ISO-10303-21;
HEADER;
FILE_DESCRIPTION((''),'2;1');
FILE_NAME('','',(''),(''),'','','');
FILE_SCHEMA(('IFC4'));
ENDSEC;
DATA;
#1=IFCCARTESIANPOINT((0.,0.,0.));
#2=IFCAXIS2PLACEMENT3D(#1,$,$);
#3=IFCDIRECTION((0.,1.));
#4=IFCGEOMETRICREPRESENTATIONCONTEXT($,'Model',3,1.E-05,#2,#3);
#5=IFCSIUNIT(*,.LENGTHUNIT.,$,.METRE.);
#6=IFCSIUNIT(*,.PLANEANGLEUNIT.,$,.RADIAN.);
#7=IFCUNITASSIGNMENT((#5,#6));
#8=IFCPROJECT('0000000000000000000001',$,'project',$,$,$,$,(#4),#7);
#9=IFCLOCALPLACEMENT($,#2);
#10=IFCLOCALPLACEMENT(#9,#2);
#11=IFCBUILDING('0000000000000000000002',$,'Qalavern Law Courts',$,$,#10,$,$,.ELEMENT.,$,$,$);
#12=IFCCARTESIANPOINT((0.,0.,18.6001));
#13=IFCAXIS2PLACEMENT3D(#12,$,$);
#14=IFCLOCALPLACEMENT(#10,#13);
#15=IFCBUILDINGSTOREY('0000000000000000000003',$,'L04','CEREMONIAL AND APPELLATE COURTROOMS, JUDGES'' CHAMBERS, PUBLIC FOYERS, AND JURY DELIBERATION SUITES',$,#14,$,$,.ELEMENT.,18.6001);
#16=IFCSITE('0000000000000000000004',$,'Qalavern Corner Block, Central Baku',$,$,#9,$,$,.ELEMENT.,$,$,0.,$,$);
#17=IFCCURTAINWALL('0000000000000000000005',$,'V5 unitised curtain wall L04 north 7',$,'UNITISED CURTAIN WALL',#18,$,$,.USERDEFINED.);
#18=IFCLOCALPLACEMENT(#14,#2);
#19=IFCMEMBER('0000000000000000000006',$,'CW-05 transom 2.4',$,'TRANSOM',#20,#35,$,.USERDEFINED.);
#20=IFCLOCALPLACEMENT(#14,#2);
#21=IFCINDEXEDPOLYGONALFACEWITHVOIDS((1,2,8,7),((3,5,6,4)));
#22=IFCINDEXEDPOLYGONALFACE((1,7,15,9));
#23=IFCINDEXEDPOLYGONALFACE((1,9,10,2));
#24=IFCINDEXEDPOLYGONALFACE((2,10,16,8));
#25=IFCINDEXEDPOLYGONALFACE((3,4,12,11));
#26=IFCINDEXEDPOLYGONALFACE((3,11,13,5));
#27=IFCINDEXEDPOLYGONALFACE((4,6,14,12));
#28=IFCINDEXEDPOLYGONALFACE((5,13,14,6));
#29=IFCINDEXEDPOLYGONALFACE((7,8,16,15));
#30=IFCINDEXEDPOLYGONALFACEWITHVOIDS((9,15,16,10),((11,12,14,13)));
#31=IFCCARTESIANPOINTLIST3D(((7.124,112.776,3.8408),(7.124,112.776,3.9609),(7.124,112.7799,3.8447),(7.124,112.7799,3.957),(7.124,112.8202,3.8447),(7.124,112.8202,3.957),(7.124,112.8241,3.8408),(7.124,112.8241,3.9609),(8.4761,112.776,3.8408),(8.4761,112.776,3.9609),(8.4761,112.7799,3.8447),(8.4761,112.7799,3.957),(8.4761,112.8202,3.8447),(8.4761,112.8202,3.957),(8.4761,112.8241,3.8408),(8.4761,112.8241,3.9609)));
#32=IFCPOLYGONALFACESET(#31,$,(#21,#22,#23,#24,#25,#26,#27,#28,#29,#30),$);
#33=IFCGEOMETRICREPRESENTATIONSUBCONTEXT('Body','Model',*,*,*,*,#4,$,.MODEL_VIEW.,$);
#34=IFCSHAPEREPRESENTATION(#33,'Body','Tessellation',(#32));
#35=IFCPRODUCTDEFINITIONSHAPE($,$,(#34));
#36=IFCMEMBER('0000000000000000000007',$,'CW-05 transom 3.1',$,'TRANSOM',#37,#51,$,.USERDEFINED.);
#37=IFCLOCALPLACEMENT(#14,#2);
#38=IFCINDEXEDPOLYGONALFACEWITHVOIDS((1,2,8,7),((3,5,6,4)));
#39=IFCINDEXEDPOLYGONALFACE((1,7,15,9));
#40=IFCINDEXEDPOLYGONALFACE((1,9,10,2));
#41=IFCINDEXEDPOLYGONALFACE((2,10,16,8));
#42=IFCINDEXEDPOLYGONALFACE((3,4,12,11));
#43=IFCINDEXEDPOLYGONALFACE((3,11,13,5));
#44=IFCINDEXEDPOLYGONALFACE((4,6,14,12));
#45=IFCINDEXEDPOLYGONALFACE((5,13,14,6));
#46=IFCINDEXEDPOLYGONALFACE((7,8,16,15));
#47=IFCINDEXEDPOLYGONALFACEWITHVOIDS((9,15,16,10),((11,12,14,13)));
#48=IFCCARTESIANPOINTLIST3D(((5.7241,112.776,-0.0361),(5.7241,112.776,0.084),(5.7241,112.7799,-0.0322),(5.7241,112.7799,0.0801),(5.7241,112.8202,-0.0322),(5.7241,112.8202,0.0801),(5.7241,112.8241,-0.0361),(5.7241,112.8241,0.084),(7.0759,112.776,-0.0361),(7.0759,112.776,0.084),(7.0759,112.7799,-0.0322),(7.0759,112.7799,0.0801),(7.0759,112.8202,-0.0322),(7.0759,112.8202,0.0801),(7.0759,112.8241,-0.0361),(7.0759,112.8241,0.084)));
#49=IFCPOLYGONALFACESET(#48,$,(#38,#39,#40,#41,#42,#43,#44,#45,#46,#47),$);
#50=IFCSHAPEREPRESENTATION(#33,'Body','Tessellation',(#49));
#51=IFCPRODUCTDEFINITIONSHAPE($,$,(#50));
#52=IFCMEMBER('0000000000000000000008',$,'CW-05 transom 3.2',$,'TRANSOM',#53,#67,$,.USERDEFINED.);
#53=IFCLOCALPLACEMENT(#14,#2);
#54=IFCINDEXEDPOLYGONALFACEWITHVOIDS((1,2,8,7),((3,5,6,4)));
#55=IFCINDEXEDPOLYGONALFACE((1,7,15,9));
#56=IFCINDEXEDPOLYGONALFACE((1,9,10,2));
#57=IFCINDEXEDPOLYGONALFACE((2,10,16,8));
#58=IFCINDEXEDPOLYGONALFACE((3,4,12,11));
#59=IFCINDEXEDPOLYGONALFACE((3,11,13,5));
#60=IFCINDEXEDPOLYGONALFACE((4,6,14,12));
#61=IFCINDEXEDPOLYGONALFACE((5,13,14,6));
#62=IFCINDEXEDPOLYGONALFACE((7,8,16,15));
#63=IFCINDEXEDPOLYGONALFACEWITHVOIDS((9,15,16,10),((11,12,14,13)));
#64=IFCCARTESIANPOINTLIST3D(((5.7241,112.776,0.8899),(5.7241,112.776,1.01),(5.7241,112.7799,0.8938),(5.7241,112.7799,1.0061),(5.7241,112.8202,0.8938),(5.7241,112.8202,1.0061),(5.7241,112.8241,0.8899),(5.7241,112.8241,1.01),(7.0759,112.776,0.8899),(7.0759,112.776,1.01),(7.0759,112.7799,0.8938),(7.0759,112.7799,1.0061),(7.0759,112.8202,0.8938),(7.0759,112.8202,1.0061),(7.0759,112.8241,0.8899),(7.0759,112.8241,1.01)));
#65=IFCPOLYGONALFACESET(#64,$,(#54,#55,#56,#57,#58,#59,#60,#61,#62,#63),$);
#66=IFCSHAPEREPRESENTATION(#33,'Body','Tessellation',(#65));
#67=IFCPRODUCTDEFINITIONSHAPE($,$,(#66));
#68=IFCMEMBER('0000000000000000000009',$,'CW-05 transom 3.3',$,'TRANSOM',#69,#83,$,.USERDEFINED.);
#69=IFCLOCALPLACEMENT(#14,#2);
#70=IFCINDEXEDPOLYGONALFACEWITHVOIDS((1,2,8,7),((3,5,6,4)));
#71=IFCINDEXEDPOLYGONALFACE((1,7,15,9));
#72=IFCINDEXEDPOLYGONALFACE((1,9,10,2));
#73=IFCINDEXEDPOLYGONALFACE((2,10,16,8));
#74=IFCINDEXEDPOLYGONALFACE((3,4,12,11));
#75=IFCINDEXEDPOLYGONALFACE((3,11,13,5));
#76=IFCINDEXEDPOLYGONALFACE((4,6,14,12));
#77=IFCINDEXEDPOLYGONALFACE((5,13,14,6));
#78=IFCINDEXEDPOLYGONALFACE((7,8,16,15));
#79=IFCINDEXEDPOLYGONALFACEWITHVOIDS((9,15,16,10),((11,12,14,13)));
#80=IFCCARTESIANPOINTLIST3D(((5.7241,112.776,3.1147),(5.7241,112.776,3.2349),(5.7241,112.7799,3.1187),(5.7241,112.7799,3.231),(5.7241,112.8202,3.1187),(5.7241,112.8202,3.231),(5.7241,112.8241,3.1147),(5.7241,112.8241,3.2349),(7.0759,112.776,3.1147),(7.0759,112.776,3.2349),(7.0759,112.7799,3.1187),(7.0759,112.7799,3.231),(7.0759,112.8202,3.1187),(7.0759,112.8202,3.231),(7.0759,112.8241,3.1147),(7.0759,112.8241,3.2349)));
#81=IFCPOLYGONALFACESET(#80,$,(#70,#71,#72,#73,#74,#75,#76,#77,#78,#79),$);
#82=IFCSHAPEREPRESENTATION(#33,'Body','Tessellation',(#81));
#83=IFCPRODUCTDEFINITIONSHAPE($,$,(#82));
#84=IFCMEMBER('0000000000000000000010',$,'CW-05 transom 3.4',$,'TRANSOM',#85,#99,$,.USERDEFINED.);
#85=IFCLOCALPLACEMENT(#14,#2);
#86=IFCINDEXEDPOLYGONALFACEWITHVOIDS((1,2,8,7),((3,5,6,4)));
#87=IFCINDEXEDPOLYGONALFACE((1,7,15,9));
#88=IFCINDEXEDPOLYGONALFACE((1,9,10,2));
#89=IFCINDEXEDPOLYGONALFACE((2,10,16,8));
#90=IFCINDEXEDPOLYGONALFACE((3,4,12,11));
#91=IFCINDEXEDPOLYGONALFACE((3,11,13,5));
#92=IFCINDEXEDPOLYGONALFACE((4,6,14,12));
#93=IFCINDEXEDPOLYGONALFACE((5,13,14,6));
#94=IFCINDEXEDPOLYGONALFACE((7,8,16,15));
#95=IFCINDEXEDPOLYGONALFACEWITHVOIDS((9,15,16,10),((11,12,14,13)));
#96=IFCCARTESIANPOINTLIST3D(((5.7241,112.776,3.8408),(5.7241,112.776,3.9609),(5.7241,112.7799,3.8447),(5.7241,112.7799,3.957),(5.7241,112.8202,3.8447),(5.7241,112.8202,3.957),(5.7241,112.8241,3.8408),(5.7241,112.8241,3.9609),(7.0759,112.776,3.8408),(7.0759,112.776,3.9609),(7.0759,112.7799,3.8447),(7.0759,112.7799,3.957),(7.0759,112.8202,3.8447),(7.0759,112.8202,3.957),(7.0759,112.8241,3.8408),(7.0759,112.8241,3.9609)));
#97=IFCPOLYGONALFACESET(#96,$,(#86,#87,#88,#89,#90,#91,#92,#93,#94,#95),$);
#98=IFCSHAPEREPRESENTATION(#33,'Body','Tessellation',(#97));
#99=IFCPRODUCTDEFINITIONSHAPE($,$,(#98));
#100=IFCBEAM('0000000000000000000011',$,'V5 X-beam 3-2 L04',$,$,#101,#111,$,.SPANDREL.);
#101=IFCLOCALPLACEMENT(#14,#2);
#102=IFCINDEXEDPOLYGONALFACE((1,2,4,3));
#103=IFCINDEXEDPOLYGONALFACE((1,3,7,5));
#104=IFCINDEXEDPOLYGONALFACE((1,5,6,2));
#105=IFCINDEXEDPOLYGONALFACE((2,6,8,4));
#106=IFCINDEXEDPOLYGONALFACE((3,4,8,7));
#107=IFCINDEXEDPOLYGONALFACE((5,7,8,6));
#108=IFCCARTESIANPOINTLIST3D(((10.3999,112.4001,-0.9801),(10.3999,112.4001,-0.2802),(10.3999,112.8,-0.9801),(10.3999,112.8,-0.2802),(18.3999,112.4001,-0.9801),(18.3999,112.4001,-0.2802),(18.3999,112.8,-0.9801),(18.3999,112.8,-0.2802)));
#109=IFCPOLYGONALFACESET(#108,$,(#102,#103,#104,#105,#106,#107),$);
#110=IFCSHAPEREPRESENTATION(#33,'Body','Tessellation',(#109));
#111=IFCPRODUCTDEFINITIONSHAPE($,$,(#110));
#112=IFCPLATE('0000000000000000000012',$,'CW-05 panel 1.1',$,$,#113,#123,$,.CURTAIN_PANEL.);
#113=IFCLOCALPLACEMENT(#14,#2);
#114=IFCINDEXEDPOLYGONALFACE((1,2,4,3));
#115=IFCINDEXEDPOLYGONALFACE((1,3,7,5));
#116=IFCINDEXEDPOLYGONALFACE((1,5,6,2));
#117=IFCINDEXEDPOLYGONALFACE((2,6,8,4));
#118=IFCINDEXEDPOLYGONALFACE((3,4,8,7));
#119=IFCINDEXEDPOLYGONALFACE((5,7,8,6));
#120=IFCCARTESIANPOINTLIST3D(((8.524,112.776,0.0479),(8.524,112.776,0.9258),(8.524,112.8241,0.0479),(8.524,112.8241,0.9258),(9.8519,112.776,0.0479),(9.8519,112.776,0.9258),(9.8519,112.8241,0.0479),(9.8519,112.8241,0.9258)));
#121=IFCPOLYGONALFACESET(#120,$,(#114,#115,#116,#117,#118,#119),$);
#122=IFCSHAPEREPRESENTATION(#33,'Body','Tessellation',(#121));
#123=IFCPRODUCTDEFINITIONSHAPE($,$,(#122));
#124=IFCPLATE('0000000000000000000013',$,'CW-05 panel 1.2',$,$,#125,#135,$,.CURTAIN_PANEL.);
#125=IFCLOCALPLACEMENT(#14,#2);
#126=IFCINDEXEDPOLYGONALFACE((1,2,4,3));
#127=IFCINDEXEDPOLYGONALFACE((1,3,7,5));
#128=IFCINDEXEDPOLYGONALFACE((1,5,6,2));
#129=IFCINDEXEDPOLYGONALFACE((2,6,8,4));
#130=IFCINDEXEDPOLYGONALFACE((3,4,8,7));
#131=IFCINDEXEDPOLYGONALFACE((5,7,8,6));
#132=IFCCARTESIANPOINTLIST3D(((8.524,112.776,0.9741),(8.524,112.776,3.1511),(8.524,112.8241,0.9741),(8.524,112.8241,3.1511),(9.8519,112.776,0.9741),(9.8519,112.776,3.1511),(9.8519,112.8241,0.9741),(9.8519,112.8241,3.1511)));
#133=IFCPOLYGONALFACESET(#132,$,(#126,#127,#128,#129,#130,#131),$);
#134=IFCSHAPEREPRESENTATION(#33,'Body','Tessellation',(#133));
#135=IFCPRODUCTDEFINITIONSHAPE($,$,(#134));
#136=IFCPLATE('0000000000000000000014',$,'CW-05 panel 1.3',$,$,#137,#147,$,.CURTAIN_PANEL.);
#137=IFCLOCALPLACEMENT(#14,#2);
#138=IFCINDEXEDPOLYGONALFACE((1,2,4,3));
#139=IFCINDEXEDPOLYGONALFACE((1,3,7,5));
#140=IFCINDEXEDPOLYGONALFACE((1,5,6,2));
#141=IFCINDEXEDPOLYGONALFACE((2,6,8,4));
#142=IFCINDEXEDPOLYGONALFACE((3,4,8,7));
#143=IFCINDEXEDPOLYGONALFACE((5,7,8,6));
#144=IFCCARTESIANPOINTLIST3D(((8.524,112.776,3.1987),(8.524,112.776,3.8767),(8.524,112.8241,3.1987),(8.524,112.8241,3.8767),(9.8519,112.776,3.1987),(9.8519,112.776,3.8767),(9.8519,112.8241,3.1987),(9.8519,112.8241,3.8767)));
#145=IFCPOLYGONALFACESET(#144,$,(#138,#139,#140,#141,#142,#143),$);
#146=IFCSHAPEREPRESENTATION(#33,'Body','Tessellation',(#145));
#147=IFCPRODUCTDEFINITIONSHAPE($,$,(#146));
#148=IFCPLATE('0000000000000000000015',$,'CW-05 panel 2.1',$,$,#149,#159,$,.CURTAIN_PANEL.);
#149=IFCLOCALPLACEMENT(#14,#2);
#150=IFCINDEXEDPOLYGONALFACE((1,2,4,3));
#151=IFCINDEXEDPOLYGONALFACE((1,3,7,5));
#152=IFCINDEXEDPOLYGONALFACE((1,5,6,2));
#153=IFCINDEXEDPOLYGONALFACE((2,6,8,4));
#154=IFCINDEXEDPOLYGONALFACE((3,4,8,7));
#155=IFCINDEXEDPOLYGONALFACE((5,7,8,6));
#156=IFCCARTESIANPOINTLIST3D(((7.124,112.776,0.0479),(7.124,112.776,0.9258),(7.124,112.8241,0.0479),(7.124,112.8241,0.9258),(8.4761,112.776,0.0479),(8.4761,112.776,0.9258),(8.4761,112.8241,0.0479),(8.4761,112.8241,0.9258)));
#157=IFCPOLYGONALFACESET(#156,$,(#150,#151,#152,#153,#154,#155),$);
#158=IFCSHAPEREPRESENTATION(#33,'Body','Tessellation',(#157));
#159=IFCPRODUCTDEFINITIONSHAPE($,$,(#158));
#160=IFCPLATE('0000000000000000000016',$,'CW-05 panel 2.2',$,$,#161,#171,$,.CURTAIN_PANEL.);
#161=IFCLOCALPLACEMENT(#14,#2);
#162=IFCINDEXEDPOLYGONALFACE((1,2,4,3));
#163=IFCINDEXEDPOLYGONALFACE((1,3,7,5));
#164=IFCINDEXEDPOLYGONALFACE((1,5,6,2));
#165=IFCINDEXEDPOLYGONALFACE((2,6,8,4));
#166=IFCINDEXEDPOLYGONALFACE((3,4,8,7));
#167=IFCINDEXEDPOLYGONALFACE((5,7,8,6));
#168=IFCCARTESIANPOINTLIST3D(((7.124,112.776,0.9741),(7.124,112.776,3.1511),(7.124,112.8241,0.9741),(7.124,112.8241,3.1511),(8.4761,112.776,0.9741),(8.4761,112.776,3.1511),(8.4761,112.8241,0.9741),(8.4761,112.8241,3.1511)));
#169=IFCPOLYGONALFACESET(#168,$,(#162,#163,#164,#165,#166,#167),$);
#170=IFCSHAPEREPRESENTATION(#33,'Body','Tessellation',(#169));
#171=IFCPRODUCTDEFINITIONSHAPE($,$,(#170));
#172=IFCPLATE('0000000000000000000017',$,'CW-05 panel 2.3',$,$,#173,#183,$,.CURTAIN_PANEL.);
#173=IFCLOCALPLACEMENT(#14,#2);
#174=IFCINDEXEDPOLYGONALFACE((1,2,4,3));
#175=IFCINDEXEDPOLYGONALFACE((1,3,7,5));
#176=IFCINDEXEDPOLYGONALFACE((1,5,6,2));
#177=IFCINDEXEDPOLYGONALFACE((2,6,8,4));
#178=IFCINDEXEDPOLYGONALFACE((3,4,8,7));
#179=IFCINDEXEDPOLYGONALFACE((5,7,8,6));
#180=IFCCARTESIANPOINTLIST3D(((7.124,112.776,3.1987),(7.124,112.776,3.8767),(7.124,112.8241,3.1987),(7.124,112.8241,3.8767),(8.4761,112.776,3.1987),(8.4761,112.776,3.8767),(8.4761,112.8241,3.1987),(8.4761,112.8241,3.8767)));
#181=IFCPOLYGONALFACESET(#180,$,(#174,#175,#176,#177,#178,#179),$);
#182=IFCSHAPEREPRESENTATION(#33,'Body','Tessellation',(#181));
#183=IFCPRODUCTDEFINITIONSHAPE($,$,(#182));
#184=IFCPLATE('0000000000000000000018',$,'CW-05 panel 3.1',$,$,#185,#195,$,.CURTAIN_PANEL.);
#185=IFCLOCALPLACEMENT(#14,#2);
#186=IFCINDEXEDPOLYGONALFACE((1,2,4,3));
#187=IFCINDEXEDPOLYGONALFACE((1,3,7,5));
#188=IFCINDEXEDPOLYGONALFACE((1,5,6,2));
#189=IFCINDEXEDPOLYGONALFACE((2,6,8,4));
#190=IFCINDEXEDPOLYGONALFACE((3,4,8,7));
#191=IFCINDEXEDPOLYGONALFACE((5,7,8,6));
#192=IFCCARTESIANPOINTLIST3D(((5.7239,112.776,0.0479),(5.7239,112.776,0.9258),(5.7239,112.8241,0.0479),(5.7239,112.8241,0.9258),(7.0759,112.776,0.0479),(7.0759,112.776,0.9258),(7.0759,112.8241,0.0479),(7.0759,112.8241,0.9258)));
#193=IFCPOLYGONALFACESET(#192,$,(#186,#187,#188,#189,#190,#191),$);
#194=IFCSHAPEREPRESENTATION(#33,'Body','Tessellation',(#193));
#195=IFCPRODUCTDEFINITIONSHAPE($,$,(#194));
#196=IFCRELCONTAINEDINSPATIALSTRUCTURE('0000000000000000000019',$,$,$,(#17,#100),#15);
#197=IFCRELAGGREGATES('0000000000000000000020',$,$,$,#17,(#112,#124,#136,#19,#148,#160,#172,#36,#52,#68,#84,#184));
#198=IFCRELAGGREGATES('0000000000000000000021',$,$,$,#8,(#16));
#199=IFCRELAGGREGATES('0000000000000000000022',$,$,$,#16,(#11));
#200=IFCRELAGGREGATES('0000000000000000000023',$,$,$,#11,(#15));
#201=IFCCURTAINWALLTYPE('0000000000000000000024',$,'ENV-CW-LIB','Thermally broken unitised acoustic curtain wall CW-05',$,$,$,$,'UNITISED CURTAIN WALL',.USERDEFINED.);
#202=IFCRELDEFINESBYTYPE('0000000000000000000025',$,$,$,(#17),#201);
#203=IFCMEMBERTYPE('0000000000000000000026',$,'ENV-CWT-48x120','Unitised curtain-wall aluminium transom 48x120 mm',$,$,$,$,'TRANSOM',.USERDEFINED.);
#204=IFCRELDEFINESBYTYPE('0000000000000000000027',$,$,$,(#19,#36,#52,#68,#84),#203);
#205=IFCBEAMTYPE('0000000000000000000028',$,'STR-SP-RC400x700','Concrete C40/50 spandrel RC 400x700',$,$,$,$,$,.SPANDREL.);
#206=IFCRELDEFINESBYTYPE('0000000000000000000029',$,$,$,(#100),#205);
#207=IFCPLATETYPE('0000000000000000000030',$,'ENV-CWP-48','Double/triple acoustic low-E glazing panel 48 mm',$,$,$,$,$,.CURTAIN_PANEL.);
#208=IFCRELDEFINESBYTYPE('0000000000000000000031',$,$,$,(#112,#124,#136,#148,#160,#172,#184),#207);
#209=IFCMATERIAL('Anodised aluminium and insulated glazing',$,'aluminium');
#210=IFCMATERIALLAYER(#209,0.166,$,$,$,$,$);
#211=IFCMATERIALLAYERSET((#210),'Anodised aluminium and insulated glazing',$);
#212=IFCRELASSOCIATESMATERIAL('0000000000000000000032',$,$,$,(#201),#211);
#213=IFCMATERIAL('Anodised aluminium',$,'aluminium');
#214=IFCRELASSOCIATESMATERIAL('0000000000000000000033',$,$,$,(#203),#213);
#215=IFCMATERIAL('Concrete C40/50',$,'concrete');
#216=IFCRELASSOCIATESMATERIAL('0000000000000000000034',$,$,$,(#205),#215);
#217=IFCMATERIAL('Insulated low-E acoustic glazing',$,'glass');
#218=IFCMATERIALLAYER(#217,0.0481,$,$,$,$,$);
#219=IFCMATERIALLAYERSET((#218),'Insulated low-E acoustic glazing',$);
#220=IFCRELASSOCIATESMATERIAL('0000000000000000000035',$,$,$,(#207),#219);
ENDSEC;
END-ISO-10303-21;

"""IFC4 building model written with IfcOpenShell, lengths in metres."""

from ifc_helpers import new_model, si_unit, direction, frame, origin, origin_2d, place, context, subcontext, project, spatial, rectangle, hollow_rectangle, extrude, material, layer, layer_set, material_profile, profile_set, type_object, element, aggregate, save


model = new_model("IFC4")

# Units and contexts
model_context = context("Model", 3, precision=1e-05, world=origin(), true_north=direction((0.0, 1.0)))
body_context = subcontext(model_context, "Body", "Model", "MODEL_VIEW")
ifc_project = project(units=[si_unit("LENGTHUNIT", "METRE"), si_unit("PLANEANGLEUNIT", "RADIAN")], contexts=[model_context])

# Site, building, storey
site_placement = place(None, origin())
site = spatial("IfcSite", under=ifc_project, at=site_placement, Name="Qalavern Corner Block, Central Baku", CompositionType="ELEMENT", RefElevation=0.0)
building_placement = place(site_placement, origin())
building = spatial("IfcBuilding", under=site, at=building_placement, Name="Qalavern Law Courts", CompositionType="ELEMENT")
storey_placement = place(building_placement, frame((0.0, 0.0, 18.6001)))
storey = spatial("IfcBuildingStorey", under=building, at=storey_placement, Name="L04", Description="CEREMONIAL AND APPELLATE COURTROOMS, JUDGES' CHAMBERS, PUBLIC FOYERS, AND JURY DELIBERATION SUITES", CompositionType="ELEMENT", Elevation=18.6001)

# Curtain wall, members
ifc_material_1 = material(Name="Anodised aluminium and insulated glazing", Category="aluminium")
ifc_layer_1 = layer(ifc_material_1, 0.166)
ifc_layer_set_1 = layer_set([ifc_layer_1], Name="Anodised aluminium and insulated glazing")
curtain_wall_type = type_object("IfcCurtainWallType", Name="ENV-CW-LIB", Description="Thermally broken unitised acoustic curtain wall CW-05", ElementType="UNITISED CURTAIN WALL", PredefinedType="USERDEFINED", material=ifc_layer_set_1)
curtain_wall_placement = place(storey_placement, origin())
curtain_wall = element("IfcCurtainWall", 1, at=curtain_wall_placement, inside=storey, type_object=curtain_wall_type, Name="V5 unitised curtain wall L04 north 7", ObjectType="UNITISED CURTAIN WALL", PredefinedType="USERDEFINED")
ifc_material_2 = material(Name="Anodised aluminium", Category="aluminium")
ifc_material_profile_1 = material_profile(ifc_material_2, hollow_rectangle(XDim=0.0481, YDim=0.1201, WallThickness=0.0039, at=origin_2d()), Name="ALU TRANSOM 48x120")
ifc_profile_set_1 = profile_set([ifc_material_profile_1], Name="Anodised aluminium")
member_type_1 = type_object("IfcMemberType", Name="ENV-CWT-48x120", Description="Unitised curtain-wall aluminium transom 48x120 mm", ElementType="TRANSOM", PredefinedType="USERDEFINED", material=ifc_profile_set_1)
member_1_placement = place(storey_placement, frame((8.4761, 112.8, 3.9009), z_axis=(-1.0, 0.0, 0.0), x_axis=(0.0, -1.0, 0.0)))
member_1 = element("IfcMember", 2, at=member_1_placement, type_object=member_type_1, Name="CW-05 transom 2.4", ObjectType="TRANSOM", PredefinedType="USERDEFINED", context=body_context, shape_type="SweptSolid", body=[
    extrude(hollow_rectangle(XDim=0.0481, YDim=0.1201, WallThickness=0.0039, at=origin_2d()), origin(), (0.0, 0.0, 1.0), 1.3521),
])
member_2_placement = place(storey_placement, frame((7.0759, 112.8, 0.0239), z_axis=(-1.0, 0.0, 0.0), x_axis=(0.0, -1.0, 0.0)))
member_2 = element("IfcMember", 3, at=member_2_placement, type_object=member_type_1, Name="CW-05 transom 3.1", ObjectType="TRANSOM", PredefinedType="USERDEFINED", context=body_context, shape_type="SweptSolid", body=[
    extrude(hollow_rectangle(XDim=0.0481, YDim=0.1201, WallThickness=0.0039, at=origin_2d()), origin(), (0.0, 0.0, 1.0), 1.3518),
])
member_3_placement = place(storey_placement, frame((7.0759, 112.8, 0.95), z_axis=(-1.0, 0.0, 0.0), x_axis=(0.0, -1.0, 0.0)))
member_3 = element("IfcMember", 4, at=member_3_placement, type_object=member_type_1, Name="CW-05 transom 3.2", ObjectType="TRANSOM", PredefinedType="USERDEFINED", context=body_context, shape_type="SweptSolid", body=[
    extrude(hollow_rectangle(XDim=0.0481, YDim=0.1201, WallThickness=0.0039, at=origin_2d()), origin(), (0.0, 0.0, 1.0), 1.3518),
])
member_4_placement = place(storey_placement, frame((7.0759, 112.8, 3.1748), z_axis=(-1.0, 0.0, 0.0), x_axis=(0.0, -1.0, 0.0)))
member_4 = element("IfcMember", 5, at=member_4_placement, type_object=member_type_1, Name="CW-05 transom 3.3", ObjectType="TRANSOM", PredefinedType="USERDEFINED", context=body_context, shape_type="SweptSolid", body=[
    extrude(hollow_rectangle(XDim=0.0481, YDim=0.1201, WallThickness=0.0039, at=origin_2d()), origin(), (0.0, 0.0, 1.0), 1.3518),
])
member_5_placement = place(storey_placement, frame((7.0759, 112.8, 3.9009), z_axis=(-1.0, 0.0, 0.0), x_axis=(0.0, -1.0, 0.0)))
member_5 = element("IfcMember", 6, at=member_5_placement, type_object=member_type_1, Name="CW-05 transom 3.4", ObjectType="TRANSOM", PredefinedType="USERDEFINED", context=body_context, shape_type="SweptSolid", body=[
    extrude(hollow_rectangle(XDim=0.0481, YDim=0.1201, WallThickness=0.0039, at=origin_2d()), origin(), (0.0, 0.0, 1.0), 1.3518),
])

# Beam
ifc_material_3 = material(Name="Concrete C40/50", Category="concrete")
ifc_material_profile_2 = material_profile(ifc_material_3, rectangle(XDim=0.3999, YDim=0.7, at=origin_2d()), Name="RC 400x700")
ifc_profile_set_2 = profile_set([ifc_material_profile_2], Name="Concrete C40/50")
beam_type = type_object("IfcBeamType", Name="STR-SP-RC400x700", Description="Concrete C40/50 spandrel RC 400x700", PredefinedType="SPANDREL", material=ifc_profile_set_2)
beam_placement = place(storey_placement, frame((10.3999, 112.6001, -0.6301), z_axis=(1.0, 0.0, 0.0), x_axis=(0.0, 1.0, 0.0)))
element("IfcBeam", 7, at=beam_placement, inside=storey, type_object=beam_type, Name="V5 X-beam 3-2 L04", PredefinedType="SPANDREL", context=body_context, shape_type="SweptSolid", body=[
    extrude(rectangle(XDim=0.3999, YDim=0.7, at=origin_2d()), origin(), (0.0, 0.0, 1.0), 8.0),
])

# Plates
ifc_material_4 = material(Name="Insulated low-E acoustic glazing", Category="glass")
ifc_layer_2 = layer(ifc_material_4, 0.0481)
ifc_layer_set_2 = layer_set([ifc_layer_2], Name="Insulated low-E acoustic glazing")
plate_type = type_object("IfcPlateType", Name="ENV-CWP-48", Description="Double/triple acoustic low-E glazing panel 48 mm", PredefinedType="CURTAIN_PANEL", material=ifc_layer_set_2)
plate_1_placement = place(storey_placement, frame((9.188, 112.8, 0.0479), z_axis=(0.0, 0.0, 1.0), x_axis=(-1.0, 0.0, 0.0)))
plate_1 = element("IfcPlate", 8, at=plate_1_placement, type_object=plate_type, Name="CW-05 panel 1.1", PredefinedType="CURTAIN_PANEL", context=body_context, shape_type="SweptSolid", body=[
    extrude(rectangle(XDim=1.3279, YDim=0.0481, at=origin_2d()), origin(), (0.0, 0.0, 1.0), 0.8779),
])
plate_2_placement = place(storey_placement, frame((9.188, 112.8, 0.9741), z_axis=(0.0, 0.0, 1.0), x_axis=(-1.0, 0.0, 0.0)))
plate_2 = element("IfcPlate", 9, at=plate_2_placement, type_object=plate_type, Name="CW-05 panel 1.2", PredefinedType="CURTAIN_PANEL", context=body_context, shape_type="SweptSolid", body=[
    extrude(rectangle(XDim=1.3279, YDim=0.0481, at=origin_2d()), origin(), (0.0, 0.0, 1.0), 2.177),
])
plate_3_placement = place(storey_placement, frame((9.188, 112.8, 3.1987), z_axis=(0.0, 0.0, 1.0), x_axis=(-1.0, 0.0, 0.0)))
plate_3 = element("IfcPlate", 10, at=plate_3_placement, type_object=plate_type, Name="CW-05 panel 1.3", PredefinedType="CURTAIN_PANEL", context=body_context, shape_type="SweptSolid", body=[
    extrude(rectangle(XDim=1.3279, YDim=0.0481, at=origin_2d()), origin(), (0.0, 0.0, 1.0), 0.678),
])
plate_4_placement = place(storey_placement, frame((7.8, 112.8, 0.0479), z_axis=(0.0, 0.0, 1.0), x_axis=(-1.0, 0.0, 0.0)))
plate_4 = element("IfcPlate", 11, at=plate_4_placement, type_object=plate_type, Name="CW-05 panel 2.1", PredefinedType="CURTAIN_PANEL", context=body_context, shape_type="SweptSolid", body=[
    extrude(rectangle(XDim=1.3521, YDim=0.0481, at=origin_2d()), origin(), (0.0, 0.0, 1.0), 0.8779),
])
plate_5_placement = place(storey_placement, frame((7.8, 112.8, 0.9741), z_axis=(0.0, 0.0, 1.0), x_axis=(-1.0, 0.0, 0.0)))
plate_5 = element("IfcPlate", 12, at=plate_5_placement, type_object=plate_type, Name="CW-05 panel 2.2", PredefinedType="CURTAIN_PANEL", context=body_context, shape_type="SweptSolid", body=[
    extrude(rectangle(XDim=1.3521, YDim=0.0481, at=origin_2d()), origin(), (0.0, 0.0, 1.0), 2.177),
])
plate_6_placement = place(storey_placement, frame((7.8, 112.8, 3.1987), z_axis=(0.0, 0.0, 1.0), x_axis=(-1.0, 0.0, 0.0)))
plate_6 = element("IfcPlate", 13, at=plate_6_placement, type_object=plate_type, Name="CW-05 panel 2.3", PredefinedType="CURTAIN_PANEL", context=body_context, shape_type="SweptSolid", body=[
    extrude(rectangle(XDim=1.3521, YDim=0.0481, at=origin_2d()), origin(), (0.0, 0.0, 1.0), 0.678),
])
plate_7_placement = place(storey_placement, frame((6.3999, 112.8, 0.0479), z_axis=(0.0, 0.0, 1.0), x_axis=(-1.0, 0.0, 0.0)))
plate_7 = element("IfcPlate", 14, at=plate_7_placement, type_object=plate_type, Name="CW-05 panel 3.1", PredefinedType="CURTAIN_PANEL", context=body_context, shape_type="SweptSolid", body=[
    extrude(rectangle(XDim=1.3521, YDim=0.0481, at=origin_2d()), origin(), (0.0, 0.0, 1.0), 0.8779),
])
aggregate(curtain_wall, [plate_1, plate_2, plate_3, member_1, plate_4, plate_5, plate_6, member_2, member_3, member_4, member_5, plate_7])

save(model, "model.ifc")
